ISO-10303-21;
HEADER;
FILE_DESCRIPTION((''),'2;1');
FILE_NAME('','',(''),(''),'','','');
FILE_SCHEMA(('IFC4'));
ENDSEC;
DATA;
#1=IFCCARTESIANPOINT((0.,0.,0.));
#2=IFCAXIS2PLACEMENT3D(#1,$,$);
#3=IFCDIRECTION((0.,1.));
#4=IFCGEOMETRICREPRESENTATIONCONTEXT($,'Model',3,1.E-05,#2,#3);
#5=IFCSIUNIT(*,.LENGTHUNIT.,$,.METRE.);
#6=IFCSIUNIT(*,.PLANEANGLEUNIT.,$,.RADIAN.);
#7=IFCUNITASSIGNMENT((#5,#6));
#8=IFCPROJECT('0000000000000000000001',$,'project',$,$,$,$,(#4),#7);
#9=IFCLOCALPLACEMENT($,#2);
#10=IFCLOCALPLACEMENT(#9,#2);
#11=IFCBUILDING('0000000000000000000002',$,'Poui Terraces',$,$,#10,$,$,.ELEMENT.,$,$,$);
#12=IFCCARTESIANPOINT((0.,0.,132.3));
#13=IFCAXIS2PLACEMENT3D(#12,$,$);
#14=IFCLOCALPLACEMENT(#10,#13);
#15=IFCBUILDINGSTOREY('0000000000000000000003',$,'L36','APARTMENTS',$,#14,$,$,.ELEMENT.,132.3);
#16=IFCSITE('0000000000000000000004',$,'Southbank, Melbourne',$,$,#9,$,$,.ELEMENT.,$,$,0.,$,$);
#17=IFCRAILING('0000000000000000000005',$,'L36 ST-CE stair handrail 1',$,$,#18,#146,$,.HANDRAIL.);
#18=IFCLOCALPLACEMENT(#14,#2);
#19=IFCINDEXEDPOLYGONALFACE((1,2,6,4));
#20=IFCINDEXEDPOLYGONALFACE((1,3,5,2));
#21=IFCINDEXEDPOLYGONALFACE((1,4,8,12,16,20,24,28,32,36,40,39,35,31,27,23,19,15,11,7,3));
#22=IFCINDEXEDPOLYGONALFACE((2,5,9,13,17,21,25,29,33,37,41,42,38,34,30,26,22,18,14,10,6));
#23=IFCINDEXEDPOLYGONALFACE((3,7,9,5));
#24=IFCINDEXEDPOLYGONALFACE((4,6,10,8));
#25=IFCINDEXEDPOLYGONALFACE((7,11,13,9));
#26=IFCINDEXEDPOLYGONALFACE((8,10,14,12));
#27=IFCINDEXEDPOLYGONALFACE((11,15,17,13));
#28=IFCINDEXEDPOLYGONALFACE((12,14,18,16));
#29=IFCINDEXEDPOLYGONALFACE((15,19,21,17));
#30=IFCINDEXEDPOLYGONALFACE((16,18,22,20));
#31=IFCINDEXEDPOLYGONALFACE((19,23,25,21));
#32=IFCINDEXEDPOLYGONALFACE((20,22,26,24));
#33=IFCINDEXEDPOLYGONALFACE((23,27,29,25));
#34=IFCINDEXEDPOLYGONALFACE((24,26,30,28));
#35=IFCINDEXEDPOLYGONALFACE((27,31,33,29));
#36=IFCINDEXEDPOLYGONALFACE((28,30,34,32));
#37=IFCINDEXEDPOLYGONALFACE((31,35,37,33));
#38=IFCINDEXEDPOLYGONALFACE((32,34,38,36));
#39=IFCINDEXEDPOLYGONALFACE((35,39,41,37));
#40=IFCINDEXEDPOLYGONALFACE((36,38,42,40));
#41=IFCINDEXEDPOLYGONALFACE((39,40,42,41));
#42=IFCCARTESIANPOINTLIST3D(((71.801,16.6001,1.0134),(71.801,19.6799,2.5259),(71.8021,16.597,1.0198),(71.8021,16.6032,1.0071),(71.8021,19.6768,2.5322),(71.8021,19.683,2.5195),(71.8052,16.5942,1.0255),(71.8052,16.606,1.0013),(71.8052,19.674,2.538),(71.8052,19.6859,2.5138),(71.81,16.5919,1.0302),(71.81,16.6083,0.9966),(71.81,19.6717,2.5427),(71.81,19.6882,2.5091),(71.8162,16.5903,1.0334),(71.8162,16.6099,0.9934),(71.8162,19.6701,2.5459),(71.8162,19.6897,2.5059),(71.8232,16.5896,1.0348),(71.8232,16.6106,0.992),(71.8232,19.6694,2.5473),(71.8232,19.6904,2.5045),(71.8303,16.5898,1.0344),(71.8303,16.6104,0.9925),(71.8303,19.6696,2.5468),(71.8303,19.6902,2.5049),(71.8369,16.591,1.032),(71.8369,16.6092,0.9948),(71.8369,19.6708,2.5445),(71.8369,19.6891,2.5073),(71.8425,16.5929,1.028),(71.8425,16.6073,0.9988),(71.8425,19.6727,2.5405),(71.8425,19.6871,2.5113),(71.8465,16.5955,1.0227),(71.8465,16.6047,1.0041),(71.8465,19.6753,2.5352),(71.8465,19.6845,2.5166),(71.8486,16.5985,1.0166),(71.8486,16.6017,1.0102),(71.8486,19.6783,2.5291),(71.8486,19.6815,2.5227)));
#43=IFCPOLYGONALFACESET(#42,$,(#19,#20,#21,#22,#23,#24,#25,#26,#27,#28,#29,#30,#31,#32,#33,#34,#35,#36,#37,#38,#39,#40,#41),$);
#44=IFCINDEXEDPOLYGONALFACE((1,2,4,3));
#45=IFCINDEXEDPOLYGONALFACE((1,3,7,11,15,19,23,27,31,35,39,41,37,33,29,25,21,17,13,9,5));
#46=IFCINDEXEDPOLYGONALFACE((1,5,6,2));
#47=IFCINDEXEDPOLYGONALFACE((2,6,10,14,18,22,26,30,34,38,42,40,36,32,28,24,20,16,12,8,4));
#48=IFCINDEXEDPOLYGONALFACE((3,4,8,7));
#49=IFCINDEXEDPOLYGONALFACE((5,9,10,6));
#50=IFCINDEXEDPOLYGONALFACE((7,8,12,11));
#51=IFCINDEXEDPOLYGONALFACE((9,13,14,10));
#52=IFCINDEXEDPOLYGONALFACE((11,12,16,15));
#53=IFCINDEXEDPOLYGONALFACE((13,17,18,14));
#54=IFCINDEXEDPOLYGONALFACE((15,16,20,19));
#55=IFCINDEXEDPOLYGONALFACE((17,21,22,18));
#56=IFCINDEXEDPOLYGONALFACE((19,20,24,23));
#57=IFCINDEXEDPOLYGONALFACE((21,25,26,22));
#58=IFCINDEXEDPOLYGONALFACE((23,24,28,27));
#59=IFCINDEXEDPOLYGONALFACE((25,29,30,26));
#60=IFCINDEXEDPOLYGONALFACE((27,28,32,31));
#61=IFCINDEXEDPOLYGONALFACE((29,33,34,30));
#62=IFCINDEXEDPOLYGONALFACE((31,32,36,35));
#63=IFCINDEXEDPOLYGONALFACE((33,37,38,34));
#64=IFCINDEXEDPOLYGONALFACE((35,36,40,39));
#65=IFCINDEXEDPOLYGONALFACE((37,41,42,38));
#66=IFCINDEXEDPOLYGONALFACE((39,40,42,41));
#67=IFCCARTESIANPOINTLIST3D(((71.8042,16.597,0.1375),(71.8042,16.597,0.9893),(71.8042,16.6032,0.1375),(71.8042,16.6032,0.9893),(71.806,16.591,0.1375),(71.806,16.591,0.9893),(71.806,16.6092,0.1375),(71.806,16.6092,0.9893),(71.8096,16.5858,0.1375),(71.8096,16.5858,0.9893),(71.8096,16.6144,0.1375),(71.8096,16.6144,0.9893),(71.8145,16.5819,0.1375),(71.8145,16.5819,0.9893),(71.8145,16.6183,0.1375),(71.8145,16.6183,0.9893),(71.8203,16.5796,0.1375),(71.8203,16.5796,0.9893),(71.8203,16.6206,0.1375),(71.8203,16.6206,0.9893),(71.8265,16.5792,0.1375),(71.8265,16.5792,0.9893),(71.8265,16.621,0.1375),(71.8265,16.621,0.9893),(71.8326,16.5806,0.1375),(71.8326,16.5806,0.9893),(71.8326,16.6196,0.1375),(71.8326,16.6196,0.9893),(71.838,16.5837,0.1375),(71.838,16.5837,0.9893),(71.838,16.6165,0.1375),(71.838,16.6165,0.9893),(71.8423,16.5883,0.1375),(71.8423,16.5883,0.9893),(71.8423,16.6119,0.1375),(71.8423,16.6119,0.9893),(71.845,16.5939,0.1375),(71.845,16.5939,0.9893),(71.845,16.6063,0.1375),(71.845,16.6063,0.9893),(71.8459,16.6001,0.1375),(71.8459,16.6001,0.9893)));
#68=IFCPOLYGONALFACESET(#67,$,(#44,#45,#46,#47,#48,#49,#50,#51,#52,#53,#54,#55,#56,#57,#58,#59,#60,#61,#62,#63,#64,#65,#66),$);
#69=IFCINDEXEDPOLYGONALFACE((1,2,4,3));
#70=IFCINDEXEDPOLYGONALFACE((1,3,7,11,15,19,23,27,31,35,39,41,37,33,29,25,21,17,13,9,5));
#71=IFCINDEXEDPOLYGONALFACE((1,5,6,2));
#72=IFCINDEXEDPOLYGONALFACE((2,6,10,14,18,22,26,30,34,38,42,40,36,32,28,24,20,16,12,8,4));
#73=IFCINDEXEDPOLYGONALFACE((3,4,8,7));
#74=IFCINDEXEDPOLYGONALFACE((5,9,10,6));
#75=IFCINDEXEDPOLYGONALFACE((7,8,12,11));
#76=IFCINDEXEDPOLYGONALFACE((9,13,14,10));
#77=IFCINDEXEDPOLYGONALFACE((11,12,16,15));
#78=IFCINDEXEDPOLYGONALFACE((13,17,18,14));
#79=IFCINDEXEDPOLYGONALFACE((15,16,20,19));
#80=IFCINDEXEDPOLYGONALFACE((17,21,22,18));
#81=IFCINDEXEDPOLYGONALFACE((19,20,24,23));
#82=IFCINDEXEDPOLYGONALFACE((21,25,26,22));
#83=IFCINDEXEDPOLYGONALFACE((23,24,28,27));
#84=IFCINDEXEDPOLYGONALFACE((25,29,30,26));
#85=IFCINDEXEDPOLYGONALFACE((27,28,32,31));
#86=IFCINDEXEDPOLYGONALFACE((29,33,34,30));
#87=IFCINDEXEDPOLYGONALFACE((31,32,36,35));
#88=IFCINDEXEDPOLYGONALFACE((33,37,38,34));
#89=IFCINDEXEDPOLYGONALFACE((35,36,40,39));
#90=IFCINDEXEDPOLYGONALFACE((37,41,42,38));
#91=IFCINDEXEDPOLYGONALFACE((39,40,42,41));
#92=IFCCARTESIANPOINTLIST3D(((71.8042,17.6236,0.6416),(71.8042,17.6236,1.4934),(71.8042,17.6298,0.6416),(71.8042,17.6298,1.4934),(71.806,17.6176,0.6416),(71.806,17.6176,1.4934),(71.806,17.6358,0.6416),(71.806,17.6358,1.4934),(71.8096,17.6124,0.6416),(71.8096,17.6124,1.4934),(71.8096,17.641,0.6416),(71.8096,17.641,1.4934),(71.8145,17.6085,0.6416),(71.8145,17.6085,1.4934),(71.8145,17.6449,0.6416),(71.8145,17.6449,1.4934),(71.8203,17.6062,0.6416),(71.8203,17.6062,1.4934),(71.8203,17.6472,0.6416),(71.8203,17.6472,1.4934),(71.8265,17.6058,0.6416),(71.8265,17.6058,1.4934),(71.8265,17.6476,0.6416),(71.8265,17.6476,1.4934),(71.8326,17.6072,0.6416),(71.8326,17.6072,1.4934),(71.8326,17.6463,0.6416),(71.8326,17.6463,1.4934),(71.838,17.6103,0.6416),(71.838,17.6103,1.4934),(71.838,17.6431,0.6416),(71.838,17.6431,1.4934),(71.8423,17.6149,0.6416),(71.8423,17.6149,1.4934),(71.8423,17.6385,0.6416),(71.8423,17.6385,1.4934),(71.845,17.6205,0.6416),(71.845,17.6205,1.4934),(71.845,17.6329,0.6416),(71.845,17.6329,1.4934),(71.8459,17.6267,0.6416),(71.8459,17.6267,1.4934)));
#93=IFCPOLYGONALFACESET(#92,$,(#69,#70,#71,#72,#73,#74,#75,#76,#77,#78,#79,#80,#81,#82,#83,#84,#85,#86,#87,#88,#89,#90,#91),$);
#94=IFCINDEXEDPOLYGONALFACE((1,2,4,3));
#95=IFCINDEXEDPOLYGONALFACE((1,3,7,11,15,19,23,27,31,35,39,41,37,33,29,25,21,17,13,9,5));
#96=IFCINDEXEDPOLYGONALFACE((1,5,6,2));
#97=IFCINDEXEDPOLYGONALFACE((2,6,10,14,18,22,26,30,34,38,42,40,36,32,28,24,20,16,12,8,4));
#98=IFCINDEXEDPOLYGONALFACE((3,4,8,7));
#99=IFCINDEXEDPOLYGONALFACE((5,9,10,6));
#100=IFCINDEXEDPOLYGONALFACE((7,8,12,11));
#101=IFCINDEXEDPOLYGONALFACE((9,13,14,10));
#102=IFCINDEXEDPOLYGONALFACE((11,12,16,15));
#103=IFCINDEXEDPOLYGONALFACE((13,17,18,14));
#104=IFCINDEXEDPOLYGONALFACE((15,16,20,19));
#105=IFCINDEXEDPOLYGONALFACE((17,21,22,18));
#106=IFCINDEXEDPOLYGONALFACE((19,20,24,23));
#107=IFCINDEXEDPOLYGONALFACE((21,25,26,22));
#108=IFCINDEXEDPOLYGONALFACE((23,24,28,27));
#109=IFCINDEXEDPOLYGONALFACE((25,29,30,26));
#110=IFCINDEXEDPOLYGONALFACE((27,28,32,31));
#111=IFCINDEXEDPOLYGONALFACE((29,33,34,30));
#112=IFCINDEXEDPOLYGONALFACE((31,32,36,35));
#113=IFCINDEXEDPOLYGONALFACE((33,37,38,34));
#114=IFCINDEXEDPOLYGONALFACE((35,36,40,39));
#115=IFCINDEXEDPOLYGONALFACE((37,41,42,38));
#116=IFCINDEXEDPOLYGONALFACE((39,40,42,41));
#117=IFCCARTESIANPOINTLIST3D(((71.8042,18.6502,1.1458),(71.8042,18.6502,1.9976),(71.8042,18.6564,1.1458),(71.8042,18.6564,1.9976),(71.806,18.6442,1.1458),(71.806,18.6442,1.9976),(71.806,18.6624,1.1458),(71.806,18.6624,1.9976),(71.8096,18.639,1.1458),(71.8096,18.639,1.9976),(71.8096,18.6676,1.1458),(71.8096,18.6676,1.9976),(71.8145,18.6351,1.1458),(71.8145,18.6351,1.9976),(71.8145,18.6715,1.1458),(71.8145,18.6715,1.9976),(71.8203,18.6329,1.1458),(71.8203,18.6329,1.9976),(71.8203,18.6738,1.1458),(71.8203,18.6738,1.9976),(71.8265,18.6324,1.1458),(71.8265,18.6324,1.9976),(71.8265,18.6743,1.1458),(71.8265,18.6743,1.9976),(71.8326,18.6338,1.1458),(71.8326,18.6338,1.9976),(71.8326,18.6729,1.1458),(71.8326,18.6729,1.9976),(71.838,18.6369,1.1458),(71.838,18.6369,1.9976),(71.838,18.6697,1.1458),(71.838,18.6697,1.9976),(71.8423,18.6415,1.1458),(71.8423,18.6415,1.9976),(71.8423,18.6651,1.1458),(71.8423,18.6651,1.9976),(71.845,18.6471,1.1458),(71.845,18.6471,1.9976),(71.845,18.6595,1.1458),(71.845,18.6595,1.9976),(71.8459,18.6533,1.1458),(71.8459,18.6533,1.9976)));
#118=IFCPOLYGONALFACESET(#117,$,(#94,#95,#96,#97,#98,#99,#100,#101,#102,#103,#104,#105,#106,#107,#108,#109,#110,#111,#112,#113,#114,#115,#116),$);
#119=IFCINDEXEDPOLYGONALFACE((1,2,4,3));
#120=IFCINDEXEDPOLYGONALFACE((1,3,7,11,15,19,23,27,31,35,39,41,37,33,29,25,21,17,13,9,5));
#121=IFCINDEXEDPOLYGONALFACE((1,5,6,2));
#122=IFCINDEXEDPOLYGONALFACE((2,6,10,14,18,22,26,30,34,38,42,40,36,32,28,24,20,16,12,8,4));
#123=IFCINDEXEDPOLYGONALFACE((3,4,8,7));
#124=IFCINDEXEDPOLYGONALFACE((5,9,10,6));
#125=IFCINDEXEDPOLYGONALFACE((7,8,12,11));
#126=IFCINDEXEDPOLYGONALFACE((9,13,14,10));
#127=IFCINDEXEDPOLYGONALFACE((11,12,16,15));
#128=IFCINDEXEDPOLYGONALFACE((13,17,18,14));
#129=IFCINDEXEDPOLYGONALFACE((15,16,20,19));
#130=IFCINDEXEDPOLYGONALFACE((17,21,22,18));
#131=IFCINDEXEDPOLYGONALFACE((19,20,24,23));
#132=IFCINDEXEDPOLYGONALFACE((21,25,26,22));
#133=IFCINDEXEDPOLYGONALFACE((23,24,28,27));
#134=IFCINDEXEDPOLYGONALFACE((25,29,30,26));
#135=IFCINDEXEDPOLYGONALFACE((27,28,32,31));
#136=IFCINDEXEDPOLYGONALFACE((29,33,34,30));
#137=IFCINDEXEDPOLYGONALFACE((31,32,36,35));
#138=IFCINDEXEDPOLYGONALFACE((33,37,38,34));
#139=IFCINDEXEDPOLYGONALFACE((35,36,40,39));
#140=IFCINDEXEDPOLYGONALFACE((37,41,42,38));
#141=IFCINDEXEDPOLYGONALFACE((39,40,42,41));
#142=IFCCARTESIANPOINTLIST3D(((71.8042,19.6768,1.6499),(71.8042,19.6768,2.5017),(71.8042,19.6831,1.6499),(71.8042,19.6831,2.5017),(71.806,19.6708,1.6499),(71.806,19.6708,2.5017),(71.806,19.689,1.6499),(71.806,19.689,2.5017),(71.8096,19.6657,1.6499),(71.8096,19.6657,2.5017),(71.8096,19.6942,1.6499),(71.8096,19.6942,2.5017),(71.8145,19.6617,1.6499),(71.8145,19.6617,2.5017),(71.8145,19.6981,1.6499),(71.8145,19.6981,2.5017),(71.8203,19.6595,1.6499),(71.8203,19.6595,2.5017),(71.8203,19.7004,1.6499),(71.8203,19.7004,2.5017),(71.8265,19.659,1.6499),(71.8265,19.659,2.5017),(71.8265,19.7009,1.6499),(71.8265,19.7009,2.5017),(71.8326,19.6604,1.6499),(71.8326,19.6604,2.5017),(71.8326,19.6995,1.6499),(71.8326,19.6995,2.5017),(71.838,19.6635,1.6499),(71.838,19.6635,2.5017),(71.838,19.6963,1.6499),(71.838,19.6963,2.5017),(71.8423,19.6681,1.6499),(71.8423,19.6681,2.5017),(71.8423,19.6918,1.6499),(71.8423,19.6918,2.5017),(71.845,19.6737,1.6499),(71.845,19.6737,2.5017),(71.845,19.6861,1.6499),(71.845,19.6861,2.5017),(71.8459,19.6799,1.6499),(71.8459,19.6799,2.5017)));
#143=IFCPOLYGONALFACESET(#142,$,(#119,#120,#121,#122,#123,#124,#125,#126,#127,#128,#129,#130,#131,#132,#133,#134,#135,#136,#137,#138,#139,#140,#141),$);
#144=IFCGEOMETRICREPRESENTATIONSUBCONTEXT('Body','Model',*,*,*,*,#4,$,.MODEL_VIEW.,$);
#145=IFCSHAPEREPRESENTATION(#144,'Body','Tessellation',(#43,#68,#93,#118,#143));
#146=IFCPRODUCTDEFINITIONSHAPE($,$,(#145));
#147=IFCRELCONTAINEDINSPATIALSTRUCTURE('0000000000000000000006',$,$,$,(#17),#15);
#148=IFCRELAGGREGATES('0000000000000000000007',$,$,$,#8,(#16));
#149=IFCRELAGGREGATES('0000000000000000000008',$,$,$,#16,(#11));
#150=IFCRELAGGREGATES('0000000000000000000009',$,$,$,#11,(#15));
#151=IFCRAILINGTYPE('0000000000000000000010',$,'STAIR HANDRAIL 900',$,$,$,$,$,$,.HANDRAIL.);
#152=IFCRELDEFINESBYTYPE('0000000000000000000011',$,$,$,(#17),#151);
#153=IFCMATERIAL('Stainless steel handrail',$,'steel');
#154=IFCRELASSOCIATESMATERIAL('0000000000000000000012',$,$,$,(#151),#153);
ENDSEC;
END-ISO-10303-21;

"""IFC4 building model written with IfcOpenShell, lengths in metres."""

from ifc_helpers import new_model, si_unit, direction, frame, origin, origin_2d, place, context, subcontext, project, spatial, circle, extrude, material, type_object, element, save


model = new_model("IFC4")

# Units and contexts
model_context = context("Model", 3, precision=1e-05, world=origin(), true_north=direction((0.0, 1.0)))
body_context = subcontext(model_context, "Body", "Model", "MODEL_VIEW")
ifc_project = project(units=[si_unit("LENGTHUNIT", "METRE"), si_unit("PLANEANGLEUNIT", "RADIAN")], contexts=[model_context])

# Site, building, storey
site_placement = place(None, origin())
site = spatial("IfcSite", under=ifc_project, at=site_placement, Name="Southbank, Melbourne", CompositionType="ELEMENT", RefElevation=0.0)
building_placement = place(site_placement, origin())
building = spatial("IfcBuilding", under=site, at=building_placement, Name="Poui Terraces", CompositionType="ELEMENT")
storey_placement = place(building_placement, frame((0.0, 0.0, 132.3)))
storey = spatial("IfcBuildingStorey", under=building, at=storey_placement, Name="L36", Description="APARTMENTS", CompositionType="ELEMENT", Elevation=132.3)

# Railing
ifc_material_1 = material(Name="Stainless steel handrail", Category="steel")
railing_type_1 = type_object("IfcRailingType", Name="STAIR HANDRAIL 900", PredefinedType="HANDRAIL", material=ifc_material_1)
railing_1_placement = place(storey_placement, frame((71.825, 16.6001, 0.1375)))
element("IfcRailing", 1, at=railing_1_placement, inside=storey, type_object=railing_type_1, Name="L36 ST-CE stair handrail 1", PredefinedType="HANDRAIL", context=body_context, shape_type="SweptSolid", body=[
    extrude(circle(Radius=0.0239, at=origin_2d()), frame((0.0, 0.0, 0.876), z_axis=(0.0, 0.897606, 0.440798), x_axis=(-1.0, 0.0, 0.0)), (0.0, 0.0, 1.0), 3.4312),
    extrude(circle(Radius=0.021, at=origin_2d()), origin(), (0.0, 0.0, 1.0), 0.8518),
    extrude(circle(Radius=0.021, at=origin_2d()), frame((0.0, 1.0266, 0.5042)), (0.0, 0.0, 1.0), 0.8518),
    extrude(circle(Radius=0.021, at=origin_2d()), frame((0.0, 2.0532, 1.0083)), (0.0, 0.0, 1.0), 0.8518),
    extrude(circle(Radius=0.021, at=origin_2d()), frame((0.0, 3.0798, 1.5125)), (0.0, 0.0, 1.0), 0.8518),
])

save(model, "model.ifc")
